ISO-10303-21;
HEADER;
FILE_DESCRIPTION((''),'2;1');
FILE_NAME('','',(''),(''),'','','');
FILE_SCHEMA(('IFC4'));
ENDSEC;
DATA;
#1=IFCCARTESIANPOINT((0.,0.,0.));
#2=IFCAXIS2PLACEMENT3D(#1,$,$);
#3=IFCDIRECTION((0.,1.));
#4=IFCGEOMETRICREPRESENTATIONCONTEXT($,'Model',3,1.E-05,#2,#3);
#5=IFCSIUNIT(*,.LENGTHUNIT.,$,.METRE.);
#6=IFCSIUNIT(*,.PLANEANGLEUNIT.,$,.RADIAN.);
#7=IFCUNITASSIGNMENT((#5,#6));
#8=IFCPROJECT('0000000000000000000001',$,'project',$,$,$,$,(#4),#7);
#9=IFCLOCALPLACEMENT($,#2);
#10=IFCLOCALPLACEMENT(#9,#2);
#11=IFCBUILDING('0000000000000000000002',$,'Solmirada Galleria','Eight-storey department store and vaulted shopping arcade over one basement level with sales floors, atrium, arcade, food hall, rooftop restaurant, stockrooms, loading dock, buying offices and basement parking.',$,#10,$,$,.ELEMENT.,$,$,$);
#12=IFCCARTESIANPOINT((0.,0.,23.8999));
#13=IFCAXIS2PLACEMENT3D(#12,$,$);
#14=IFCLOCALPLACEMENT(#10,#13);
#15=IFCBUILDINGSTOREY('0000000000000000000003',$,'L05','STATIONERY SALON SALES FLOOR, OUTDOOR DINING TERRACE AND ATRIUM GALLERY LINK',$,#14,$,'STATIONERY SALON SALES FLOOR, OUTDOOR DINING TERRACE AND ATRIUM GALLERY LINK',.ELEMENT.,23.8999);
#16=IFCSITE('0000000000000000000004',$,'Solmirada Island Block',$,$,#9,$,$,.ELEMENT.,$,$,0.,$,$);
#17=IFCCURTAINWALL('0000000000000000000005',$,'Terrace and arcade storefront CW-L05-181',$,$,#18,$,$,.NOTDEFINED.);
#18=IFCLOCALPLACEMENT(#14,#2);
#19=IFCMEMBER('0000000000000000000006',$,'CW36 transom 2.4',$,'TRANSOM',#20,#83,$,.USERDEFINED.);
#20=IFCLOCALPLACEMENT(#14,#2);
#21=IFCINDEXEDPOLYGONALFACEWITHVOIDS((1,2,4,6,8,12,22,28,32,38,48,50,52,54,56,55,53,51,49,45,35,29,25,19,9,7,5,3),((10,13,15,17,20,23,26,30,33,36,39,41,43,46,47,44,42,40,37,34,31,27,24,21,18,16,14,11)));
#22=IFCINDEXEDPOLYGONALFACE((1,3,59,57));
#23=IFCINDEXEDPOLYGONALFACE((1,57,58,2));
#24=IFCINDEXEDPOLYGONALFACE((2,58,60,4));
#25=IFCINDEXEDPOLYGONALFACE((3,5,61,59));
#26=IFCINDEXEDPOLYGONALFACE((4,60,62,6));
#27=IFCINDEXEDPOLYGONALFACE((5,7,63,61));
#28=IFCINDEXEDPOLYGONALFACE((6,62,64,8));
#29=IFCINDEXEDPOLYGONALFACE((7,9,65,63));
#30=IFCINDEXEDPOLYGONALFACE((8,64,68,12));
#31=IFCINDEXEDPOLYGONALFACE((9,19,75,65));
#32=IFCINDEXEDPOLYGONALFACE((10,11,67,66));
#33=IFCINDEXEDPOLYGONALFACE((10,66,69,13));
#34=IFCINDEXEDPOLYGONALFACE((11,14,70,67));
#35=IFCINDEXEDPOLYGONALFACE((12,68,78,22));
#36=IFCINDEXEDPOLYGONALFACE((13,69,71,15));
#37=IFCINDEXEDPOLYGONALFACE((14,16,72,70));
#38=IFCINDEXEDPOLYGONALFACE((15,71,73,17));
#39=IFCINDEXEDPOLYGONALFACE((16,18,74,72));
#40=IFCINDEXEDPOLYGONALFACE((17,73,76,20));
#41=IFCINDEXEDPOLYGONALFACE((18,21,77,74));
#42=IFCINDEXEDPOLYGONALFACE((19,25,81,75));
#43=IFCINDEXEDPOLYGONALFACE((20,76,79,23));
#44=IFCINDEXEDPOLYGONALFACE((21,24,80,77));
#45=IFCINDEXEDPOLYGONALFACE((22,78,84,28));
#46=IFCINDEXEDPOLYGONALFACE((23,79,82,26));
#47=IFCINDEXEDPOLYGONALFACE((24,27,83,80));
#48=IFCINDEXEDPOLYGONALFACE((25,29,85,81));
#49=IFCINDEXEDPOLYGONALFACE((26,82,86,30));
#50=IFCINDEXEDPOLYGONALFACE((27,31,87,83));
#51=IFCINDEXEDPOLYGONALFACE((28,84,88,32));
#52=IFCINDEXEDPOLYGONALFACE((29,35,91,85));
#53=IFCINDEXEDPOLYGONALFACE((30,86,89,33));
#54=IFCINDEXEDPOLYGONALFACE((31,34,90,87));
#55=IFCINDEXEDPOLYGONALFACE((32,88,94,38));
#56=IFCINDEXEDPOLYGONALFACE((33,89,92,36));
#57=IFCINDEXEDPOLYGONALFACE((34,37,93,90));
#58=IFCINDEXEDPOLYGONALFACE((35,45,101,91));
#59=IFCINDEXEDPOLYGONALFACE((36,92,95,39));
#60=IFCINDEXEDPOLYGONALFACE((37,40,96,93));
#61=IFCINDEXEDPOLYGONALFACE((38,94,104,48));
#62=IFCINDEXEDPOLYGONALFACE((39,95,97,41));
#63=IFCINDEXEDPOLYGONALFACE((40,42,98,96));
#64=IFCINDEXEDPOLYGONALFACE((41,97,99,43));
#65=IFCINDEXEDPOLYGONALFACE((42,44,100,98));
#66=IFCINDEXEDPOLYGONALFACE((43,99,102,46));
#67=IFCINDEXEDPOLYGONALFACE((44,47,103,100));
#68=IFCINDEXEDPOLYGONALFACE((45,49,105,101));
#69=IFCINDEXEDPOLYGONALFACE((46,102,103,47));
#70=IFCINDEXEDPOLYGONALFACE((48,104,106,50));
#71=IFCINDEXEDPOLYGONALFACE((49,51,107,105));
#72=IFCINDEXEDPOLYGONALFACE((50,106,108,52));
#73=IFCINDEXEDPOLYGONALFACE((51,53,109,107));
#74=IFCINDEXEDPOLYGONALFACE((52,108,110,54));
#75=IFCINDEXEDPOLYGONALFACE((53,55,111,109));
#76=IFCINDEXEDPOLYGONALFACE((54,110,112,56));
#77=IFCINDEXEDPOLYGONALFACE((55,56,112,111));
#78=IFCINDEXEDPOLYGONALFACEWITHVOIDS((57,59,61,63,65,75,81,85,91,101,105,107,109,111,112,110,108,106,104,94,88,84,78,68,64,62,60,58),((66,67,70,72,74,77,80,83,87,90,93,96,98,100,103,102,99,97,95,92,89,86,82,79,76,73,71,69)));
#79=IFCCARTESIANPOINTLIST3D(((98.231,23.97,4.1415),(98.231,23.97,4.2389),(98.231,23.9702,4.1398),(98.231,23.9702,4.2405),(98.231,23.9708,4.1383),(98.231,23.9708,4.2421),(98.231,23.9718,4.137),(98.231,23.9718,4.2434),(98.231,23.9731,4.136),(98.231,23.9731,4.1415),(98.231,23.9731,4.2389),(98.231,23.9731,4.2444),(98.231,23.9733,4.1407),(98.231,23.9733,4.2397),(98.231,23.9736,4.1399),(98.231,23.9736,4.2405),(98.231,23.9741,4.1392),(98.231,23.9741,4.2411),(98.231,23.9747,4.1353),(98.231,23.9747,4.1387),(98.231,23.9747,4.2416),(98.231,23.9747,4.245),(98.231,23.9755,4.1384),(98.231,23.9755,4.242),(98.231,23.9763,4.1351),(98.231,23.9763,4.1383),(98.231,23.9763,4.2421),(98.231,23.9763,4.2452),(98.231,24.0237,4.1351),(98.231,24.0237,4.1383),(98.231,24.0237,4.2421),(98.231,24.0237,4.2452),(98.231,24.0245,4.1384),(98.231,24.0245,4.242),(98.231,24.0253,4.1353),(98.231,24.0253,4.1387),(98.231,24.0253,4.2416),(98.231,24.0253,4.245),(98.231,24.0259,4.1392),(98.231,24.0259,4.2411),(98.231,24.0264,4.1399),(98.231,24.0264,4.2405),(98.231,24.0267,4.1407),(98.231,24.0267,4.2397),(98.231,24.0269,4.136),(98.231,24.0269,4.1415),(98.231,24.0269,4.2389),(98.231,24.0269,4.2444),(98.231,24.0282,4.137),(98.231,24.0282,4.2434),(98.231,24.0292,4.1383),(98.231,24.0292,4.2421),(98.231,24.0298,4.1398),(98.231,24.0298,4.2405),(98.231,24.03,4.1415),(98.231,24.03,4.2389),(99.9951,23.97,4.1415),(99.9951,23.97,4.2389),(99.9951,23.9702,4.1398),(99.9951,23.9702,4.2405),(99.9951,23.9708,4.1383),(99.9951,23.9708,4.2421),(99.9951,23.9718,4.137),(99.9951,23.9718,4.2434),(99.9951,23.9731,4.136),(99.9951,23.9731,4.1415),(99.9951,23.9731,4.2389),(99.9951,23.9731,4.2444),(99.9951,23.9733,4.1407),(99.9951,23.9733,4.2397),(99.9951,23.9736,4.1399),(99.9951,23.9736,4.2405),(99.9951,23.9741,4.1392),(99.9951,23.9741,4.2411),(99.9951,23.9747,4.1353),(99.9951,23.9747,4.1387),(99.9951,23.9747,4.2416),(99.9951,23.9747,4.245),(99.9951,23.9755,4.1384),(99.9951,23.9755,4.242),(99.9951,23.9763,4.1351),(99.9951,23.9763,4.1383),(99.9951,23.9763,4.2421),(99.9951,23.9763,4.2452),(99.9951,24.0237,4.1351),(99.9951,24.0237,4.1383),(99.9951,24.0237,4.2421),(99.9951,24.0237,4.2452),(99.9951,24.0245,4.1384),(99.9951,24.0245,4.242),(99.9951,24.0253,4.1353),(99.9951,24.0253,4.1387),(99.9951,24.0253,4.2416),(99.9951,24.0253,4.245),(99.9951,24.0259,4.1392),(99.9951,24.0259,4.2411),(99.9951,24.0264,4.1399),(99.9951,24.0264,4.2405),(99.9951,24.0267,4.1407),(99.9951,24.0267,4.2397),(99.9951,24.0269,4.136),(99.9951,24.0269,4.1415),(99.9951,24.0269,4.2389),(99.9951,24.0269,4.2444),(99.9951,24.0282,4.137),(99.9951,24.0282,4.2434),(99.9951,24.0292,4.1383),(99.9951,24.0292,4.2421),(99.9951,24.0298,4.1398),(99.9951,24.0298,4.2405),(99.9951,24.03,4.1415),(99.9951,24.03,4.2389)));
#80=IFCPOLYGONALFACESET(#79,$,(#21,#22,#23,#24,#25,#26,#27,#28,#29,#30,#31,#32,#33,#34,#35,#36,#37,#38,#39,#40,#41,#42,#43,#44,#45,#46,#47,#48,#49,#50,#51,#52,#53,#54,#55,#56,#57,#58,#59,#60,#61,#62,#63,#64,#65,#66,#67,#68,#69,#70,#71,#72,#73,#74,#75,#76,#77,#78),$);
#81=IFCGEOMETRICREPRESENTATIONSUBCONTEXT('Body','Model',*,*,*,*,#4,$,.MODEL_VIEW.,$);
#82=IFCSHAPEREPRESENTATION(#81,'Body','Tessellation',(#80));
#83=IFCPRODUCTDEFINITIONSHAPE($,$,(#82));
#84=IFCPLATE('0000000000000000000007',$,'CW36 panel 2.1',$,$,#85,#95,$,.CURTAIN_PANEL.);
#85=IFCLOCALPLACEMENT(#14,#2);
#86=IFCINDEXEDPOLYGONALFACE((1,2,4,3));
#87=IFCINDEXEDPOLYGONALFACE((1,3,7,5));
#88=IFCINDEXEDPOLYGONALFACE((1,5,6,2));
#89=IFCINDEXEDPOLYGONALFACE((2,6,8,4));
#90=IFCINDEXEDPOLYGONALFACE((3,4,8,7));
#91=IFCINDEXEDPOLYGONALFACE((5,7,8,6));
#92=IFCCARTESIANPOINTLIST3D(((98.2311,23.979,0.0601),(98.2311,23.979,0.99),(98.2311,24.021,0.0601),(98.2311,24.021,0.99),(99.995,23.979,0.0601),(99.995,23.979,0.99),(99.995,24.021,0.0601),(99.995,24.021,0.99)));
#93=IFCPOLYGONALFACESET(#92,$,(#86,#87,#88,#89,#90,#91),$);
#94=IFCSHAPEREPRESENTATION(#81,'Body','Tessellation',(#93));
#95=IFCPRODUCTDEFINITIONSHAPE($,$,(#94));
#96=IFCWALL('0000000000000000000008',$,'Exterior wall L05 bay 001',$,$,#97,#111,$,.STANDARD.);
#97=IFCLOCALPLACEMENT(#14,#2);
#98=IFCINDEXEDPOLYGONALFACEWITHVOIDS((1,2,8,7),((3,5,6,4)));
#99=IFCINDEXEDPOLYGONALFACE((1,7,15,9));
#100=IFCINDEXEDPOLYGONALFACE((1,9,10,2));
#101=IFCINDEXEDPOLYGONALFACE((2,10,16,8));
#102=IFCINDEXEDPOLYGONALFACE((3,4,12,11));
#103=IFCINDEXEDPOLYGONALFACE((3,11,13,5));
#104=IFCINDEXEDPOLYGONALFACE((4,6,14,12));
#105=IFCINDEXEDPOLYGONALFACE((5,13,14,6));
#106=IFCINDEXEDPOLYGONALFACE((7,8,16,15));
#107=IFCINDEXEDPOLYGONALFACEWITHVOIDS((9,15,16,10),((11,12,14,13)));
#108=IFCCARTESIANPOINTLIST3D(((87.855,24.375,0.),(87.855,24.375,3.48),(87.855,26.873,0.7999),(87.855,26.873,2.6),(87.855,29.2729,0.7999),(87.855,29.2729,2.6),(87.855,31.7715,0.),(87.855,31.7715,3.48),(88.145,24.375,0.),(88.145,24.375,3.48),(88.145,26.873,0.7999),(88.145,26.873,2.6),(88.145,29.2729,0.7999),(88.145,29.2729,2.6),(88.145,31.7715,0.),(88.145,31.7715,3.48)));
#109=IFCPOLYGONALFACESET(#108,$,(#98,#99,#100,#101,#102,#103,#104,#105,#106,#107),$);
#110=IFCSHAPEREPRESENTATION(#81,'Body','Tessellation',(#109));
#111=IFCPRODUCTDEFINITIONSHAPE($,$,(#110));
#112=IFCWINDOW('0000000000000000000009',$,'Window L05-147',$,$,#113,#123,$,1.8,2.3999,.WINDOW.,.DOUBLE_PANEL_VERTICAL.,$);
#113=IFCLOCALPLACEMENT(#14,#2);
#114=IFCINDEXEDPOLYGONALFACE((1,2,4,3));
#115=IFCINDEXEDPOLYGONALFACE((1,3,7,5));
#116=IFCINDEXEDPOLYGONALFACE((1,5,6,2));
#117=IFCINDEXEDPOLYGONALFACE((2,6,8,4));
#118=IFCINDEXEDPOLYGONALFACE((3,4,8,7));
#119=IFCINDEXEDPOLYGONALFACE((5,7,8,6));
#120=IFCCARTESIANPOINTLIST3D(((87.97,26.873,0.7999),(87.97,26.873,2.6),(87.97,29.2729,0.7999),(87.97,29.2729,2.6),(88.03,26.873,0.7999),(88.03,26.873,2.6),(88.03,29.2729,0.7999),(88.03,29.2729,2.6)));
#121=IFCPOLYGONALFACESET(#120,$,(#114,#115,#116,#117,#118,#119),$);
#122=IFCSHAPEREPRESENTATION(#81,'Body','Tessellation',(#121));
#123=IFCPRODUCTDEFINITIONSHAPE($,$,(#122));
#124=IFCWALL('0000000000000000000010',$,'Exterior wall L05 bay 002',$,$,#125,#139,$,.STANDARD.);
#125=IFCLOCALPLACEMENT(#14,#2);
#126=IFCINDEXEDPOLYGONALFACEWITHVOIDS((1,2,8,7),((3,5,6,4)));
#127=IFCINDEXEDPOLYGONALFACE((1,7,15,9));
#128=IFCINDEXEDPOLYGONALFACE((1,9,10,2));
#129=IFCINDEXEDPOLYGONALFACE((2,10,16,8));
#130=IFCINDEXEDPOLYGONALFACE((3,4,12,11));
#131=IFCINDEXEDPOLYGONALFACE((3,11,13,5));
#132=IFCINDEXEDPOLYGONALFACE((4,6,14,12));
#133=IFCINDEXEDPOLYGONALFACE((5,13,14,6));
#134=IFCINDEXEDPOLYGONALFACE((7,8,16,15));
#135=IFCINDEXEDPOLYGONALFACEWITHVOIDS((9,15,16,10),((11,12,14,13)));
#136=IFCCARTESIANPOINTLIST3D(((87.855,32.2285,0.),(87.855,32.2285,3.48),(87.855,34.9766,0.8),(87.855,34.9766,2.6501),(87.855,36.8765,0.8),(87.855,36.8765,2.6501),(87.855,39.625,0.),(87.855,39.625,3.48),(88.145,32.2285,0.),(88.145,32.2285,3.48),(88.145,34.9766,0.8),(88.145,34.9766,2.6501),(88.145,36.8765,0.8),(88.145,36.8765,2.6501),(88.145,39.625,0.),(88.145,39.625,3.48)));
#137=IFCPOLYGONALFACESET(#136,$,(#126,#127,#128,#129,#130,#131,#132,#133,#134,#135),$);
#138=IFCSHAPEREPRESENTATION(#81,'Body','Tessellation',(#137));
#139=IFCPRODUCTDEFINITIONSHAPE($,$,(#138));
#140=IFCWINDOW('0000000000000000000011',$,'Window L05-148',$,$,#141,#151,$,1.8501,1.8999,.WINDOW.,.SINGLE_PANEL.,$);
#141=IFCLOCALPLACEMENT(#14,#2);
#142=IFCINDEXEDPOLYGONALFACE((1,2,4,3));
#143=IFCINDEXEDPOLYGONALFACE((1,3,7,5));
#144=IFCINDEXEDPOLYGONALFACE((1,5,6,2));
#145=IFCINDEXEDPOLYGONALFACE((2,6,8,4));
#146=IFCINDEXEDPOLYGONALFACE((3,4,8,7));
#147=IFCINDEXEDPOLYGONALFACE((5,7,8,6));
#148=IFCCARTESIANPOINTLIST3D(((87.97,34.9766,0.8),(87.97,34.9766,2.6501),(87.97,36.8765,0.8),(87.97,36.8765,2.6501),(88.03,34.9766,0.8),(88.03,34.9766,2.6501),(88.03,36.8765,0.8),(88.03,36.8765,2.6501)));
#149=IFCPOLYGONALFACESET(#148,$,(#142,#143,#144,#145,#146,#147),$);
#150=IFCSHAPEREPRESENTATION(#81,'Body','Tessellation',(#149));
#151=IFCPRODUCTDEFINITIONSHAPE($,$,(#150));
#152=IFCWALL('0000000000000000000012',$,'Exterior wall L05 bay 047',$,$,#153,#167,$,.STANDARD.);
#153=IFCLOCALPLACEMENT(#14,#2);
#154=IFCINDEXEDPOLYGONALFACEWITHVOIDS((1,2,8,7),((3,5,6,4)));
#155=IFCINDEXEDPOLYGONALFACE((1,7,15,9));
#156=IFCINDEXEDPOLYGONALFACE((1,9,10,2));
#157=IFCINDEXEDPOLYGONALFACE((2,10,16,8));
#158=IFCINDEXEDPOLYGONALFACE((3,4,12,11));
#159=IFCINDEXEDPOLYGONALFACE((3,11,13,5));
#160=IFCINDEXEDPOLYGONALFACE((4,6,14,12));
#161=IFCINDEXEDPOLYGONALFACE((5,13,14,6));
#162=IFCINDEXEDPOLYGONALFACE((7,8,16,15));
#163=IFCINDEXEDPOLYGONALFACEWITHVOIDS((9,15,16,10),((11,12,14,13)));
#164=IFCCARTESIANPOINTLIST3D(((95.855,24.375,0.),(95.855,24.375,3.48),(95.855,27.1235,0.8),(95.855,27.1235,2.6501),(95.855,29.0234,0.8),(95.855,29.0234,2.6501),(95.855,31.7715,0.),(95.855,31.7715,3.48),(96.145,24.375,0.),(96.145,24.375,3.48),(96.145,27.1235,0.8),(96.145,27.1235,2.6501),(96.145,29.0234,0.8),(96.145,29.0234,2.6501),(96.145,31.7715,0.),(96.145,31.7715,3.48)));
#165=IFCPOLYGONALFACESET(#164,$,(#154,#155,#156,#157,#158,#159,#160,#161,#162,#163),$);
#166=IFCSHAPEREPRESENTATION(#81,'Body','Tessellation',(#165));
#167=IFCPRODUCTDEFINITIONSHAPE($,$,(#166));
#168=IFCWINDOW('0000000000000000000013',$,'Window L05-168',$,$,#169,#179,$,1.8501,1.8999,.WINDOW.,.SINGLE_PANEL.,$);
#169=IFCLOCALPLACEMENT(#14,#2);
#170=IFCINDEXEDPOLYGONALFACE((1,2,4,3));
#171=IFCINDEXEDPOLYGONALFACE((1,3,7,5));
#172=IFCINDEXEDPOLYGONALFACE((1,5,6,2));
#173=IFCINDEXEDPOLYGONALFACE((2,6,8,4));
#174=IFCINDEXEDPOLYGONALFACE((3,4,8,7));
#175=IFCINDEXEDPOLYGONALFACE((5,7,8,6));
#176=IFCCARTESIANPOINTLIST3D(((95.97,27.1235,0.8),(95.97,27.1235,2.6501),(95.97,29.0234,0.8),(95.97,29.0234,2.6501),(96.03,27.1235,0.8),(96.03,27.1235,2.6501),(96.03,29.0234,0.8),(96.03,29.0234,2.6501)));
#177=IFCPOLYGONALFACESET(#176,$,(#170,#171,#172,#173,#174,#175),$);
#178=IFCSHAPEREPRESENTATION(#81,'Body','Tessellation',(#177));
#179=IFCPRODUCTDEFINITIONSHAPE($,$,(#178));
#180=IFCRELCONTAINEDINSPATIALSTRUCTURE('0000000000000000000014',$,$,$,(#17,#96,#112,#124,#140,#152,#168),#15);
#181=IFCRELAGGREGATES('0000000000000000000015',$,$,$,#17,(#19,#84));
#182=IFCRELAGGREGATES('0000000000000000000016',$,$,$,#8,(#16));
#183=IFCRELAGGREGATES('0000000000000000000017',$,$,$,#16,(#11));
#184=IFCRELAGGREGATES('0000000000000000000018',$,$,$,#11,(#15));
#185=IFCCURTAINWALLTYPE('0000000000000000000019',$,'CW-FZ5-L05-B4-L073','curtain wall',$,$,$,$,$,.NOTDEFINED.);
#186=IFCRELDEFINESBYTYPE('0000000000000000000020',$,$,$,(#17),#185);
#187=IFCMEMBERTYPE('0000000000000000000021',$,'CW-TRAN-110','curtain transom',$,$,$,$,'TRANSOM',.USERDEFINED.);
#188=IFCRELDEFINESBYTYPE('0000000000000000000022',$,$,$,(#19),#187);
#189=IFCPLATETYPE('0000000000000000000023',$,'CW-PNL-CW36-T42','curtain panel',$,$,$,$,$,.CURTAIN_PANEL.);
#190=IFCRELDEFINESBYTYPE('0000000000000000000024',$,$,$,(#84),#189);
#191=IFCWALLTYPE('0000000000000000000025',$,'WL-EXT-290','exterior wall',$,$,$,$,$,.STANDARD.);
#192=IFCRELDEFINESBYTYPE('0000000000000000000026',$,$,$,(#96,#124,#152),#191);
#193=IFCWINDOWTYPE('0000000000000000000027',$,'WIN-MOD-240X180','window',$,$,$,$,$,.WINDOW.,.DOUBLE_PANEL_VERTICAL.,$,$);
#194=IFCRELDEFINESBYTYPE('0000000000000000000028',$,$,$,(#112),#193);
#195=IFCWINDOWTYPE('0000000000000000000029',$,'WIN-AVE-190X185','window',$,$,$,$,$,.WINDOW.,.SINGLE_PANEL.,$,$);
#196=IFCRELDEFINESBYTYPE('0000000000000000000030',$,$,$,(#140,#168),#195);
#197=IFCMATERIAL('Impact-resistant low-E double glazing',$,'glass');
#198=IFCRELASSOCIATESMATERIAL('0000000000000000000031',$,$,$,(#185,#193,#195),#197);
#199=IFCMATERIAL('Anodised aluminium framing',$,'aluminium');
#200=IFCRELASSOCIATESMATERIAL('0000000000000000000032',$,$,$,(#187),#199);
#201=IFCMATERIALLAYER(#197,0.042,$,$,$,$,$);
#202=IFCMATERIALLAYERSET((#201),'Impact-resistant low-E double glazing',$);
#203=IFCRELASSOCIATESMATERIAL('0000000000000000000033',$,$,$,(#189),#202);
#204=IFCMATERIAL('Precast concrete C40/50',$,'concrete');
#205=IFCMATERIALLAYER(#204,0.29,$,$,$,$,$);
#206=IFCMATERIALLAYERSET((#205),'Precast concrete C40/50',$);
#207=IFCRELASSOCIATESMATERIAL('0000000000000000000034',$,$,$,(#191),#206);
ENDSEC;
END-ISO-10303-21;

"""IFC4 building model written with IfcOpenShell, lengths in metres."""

from ifc_helpers import new_model, si_unit, direction, frame, frame_2d, origin, origin_2d, place, context, subcontext, project, spatial, rectangle, hollow_rectangle, extrude, material, layer, layer_set, material_profile, profile_set, type_object, element, fill, aggregate, save


model = new_model("IFC4")

# Units and contexts
model_context = context("Model", 3, precision=1e-05, world=origin(), true_north=direction((0.0, 1.0)))
body_context = subcontext(model_context, "Body", "Model", "MODEL_VIEW")
ifc_project = project(units=[si_unit("LENGTHUNIT", "METRE"), si_unit("PLANEANGLEUNIT", "RADIAN")], contexts=[model_context])

# Site, building, storey
site_placement = place(None, origin())
site = spatial("IfcSite", under=ifc_project, at=site_placement, Name="Solmirada Island Block", CompositionType="ELEMENT", RefElevation=0.0)
building_placement = place(site_placement, origin())
building = spatial("IfcBuilding", under=site, at=building_placement, Name="Solmirada Galleria", Description="Eight-storey department store and vaulted shopping arcade over one basement level with sales floors, atrium, arcade, food hall, rooftop restaurant, stockrooms, loading dock, buying offices and basement parking.", CompositionType="ELEMENT")
storey_placement = place(building_placement, frame((0.0, 0.0, 23.8999)))
storey = spatial("IfcBuildingStorey", under=building, at=storey_placement, Name="L05", Description="STATIONERY SALON SALES FLOOR, OUTDOOR DINING TERRACE AND ATRIUM GALLERY LINK", LongName="STATIONERY SALON SALES FLOOR, OUTDOOR DINING TERRACE AND ATRIUM GALLERY LINK", CompositionType="ELEMENT", Elevation=23.8999)

# Curtain wall, member, plate
ifc_material_1 = material(Name="Impact-resistant low-E double glazing", Category="glass")
curtain_wall_type = type_object("IfcCurtainWallType", Name="CW-FZ5-L05-B4-L073", Description="curtain wall", PredefinedType="NOTDEFINED", material=ifc_material_1)
curtain_wall_placement = place(storey_placement, origin())
curtain_wall = element("IfcCurtainWall", 1, at=curtain_wall_placement, inside=storey, type_object=curtain_wall_type, Name="Terrace and arcade storefront CW-L05-181", PredefinedType="NOTDEFINED")
ifc_material_2 = material(Name="Anodised aluminium framing", Category="aluminium")
ifc_material_profile_1 = material_profile(ifc_material_2, hollow_rectangle(XDim=0.0601, YDim=0.1101, WallThickness=0.0032, InnerFilletRadius=0.0032, OuterFilletRadius=0.0063, at=origin_2d()), Name="ALU-TRAN-110X60")
ifc_profile_set_1 = profile_set([ifc_material_profile_1], Name="Anodised aluminium framing")
member_type = type_object("IfcMemberType", Name="CW-TRAN-110", Description="curtain transom", ElementType="TRANSOM", PredefinedType="USERDEFINED", material=ifc_profile_set_1)
member_1_placement = place(storey_placement, frame((98.231, 24.0, 4.1902), z_axis=(1.0, 0.0, 0.0), x_axis=(0.0, 1.0, 0.0)))
member_1 = element("IfcMember", 2, at=member_1_placement, type_object=member_type, Name="CW36 transom 2.4", ObjectType="TRANSOM", PredefinedType="USERDEFINED", context=body_context, shape_type="SweptSolid", body=[
    extrude(hollow_rectangle(XDim=0.0601, YDim=0.1101, WallThickness=0.0032, InnerFilletRadius=0.0032, OuterFilletRadius=0.0063, at=origin_2d()), origin(), (0.0, 0.0, 1.0), 1.7642),
])
ifc_layer_1 = layer(ifc_material_1, 0.042)
ifc_layer_set_1 = layer_set([ifc_layer_1], Name="Impact-resistant low-E double glazing")
plate_type = type_object("IfcPlateType", Name="CW-PNL-CW36-T42", Description="curtain panel", PredefinedType="CURTAIN_PANEL", material=ifc_layer_set_1)
plate_placement = place(storey_placement, frame((99.113, 24.0, 0.0601), z_axis=(0.0, 0.0, 1.0), x_axis=(1.0, 0.0, 0.0)))
plate = element("IfcPlate", 3, at=plate_placement, type_object=plate_type, Name="CW36 panel 2.1", PredefinedType="CURTAIN_PANEL", context=body_context, shape_type="SweptSolid", body=[
    extrude(rectangle(XDim=1.7639, YDim=0.042, at=origin_2d()), origin(), (0.0, 0.0, 1.0), 0.9299),
])
aggregate(curtain_wall, [member_1, plate])

# Walls, openings, windows
ifc_material_3 = material(Name="Precast concrete C40/50", Category="concrete")
ifc_layer_2 = layer(ifc_material_3, 0.29)
ifc_layer_set_2 = layer_set([ifc_layer_2], Name="Precast concrete C40/50")
wall_type = type_object("IfcWallType", Name="WL-EXT-290", Description="exterior wall", PredefinedType="STANDARD", material=ifc_layer_set_2)
wall_1_placement = place(storey_placement, frame((88.0, 24.375, 0.0), z_axis=(0.0, 0.0, 1.0), x_axis=(0.0, 1.0, 0.0)))
wall_1 = element("IfcWall", 4, at=wall_1_placement, inside=storey, type_object=wall_type, Name="Exterior wall L05 bay 001", PredefinedType="STANDARD", context=body_context, shape_type="SweptSolid", body=[
    extrude(rectangle(XDim=7.3965, YDim=0.29, at=frame_2d((3.6982, 0.0))), origin(), (0.0, 0.0, 1.0), 3.48),
])
opening_1_placement = place(wall_1_placement, frame((2.498, 0.0, 0.8)))
opening_1 = element("IfcOpeningElement", 5, at=opening_1_placement, cuts=wall_1, PredefinedType="OPENING", context=body_context, shape_type="SweptSolid", body=[
    extrude(rectangle(XDim=2.3999, YDim=1.8, at=frame_2d((1.2, 0.8999))), frame((0.0, 0.155, 0.0), z_axis=(0.0, -1.0, 0.0), x_axis=(1.0, 0.0, 0.0)), (0.0, 0.0, 1.0), 0.3101),
])
window_type_1 = type_object("IfcWindowType", Name="WIN-MOD-240X180", Description="window", PartitioningType="DOUBLE_PANEL_VERTICAL", PredefinedType="WINDOW", material=ifc_material_1)
window_1_placement = place(opening_1_placement, origin())
window_1 = element("IfcWindow", 6, at=window_1_placement, inside=storey, type_object=window_type_1, Name="Window L05-147", OverallHeight=1.8, OverallWidth=2.3999, PartitioningType="DOUBLE_PANEL_VERTICAL", PredefinedType="WINDOW", context=body_context, shape_type="SweptSolid", body=[
    extrude(rectangle(XDim=2.3999, YDim=1.8, at=frame_2d((1.2, 0.8999))), frame((0.0, 0.03, 0.0), z_axis=(0.0, -1.0, 0.0), x_axis=(1.0, 0.0, 0.0)), (0.0, 0.0, 1.0), 0.0601),
])
fill(opening_1, window_1)
wall_2_placement = place(storey_placement, frame((88.0, 32.2285, 0.0), z_axis=(0.0, 0.0, 1.0), x_axis=(0.0, 1.0, 0.0)))
wall_2 = element("IfcWall", 7, at=wall_2_placement, inside=storey, type_object=wall_type, Name="Exterior wall L05 bay 002", PredefinedType="STANDARD", context=body_context, shape_type="SweptSolid", body=[
    extrude(rectangle(XDim=7.3965, YDim=0.29, at=frame_2d((3.6982, 0.0))), origin(), (0.0, 0.0, 1.0), 3.48),
])
opening_2_placement = place(wall_2_placement, frame((2.748, 0.0, 0.8)))
opening_2 = element("IfcOpeningElement", 8, at=opening_2_placement, cuts=wall_2, PredefinedType="OPENING", context=body_context, shape_type="SweptSolid", body=[
    extrude(rectangle(XDim=1.8999, YDim=1.8501, at=frame_2d((0.95, 0.925))), frame((0.0, 0.155, 0.0), z_axis=(0.0, -1.0, 0.0), x_axis=(1.0, 0.0, 0.0)), (0.0, 0.0, 1.0), 0.3101),
])
window_type_2 = type_object("IfcWindowType", Name="WIN-AVE-190X185", Description="window", PartitioningType="SINGLE_PANEL", PredefinedType="WINDOW", material=ifc_material_1)
window_2_placement = place(opening_2_placement, origin())
window_2 = element("IfcWindow", 9, at=window_2_placement, inside=storey, type_object=window_type_2, Name="Window L05-148", OverallHeight=1.8501, OverallWidth=1.8999, PartitioningType="SINGLE_PANEL", PredefinedType="WINDOW", context=body_context, shape_type="SweptSolid", body=[
    extrude(rectangle(XDim=1.8999, YDim=1.8501, at=frame_2d((0.95, 0.925))), frame((0.0, 0.03, 0.0), z_axis=(0.0, -1.0, 0.0), x_axis=(1.0, 0.0, 0.0)), (0.0, 0.0, 1.0), 0.0601),
])
fill(opening_2, window_2)
wall_3_placement = place(storey_placement, frame((96.0, 31.7715, 0.0), z_axis=(0.0, 0.0, 1.0), x_axis=(0.0, -1.0, 0.0)))
wall_3 = element("IfcWall", 10, at=wall_3_placement, inside=storey, type_object=wall_type, Name="Exterior wall L05 bay 047", PredefinedType="STANDARD", context=body_context, shape_type="SweptSolid", body=[
    extrude(rectangle(XDim=7.3965, YDim=0.29, at=frame_2d((3.6982, 0.0))), origin(), (0.0, 0.0, 1.0), 3.48),
])
opening_3_placement = place(wall_3_placement, frame((2.748, 0.0, 0.8)))
opening_3 = element("IfcOpeningElement", 11, at=opening_3_placement, cuts=wall_3, PredefinedType="OPENING", context=body_context, shape_type="SweptSolid", body=[
    extrude(rectangle(XDim=1.8999, YDim=1.8501, at=frame_2d((0.95, 0.925))), frame((0.0, 0.155, 0.0), z_axis=(0.0, -1.0, 0.0), x_axis=(1.0, 0.0, 0.0)), (0.0, 0.0, 1.0), 0.3101),
])
window_3_placement = place(opening_3_placement, origin())
window_3 = element("IfcWindow", 12, at=window_3_placement, inside=storey, type_object=window_type_2, Name="Window L05-168", OverallHeight=1.8501, OverallWidth=1.8999, PartitioningType="SINGLE_PANEL", PredefinedType="WINDOW", context=body_context, shape_type="SweptSolid", body=[
    extrude(rectangle(XDim=1.8999, YDim=1.8501, at=frame_2d((0.95, 0.925))), frame((0.0, 0.03, 0.0), z_axis=(0.0, -1.0, 0.0), x_axis=(1.0, 0.0, 0.0)), (0.0, 0.0, 1.0), 0.0601),
])
fill(opening_3, window_3)

save(model, "model.ifc")
